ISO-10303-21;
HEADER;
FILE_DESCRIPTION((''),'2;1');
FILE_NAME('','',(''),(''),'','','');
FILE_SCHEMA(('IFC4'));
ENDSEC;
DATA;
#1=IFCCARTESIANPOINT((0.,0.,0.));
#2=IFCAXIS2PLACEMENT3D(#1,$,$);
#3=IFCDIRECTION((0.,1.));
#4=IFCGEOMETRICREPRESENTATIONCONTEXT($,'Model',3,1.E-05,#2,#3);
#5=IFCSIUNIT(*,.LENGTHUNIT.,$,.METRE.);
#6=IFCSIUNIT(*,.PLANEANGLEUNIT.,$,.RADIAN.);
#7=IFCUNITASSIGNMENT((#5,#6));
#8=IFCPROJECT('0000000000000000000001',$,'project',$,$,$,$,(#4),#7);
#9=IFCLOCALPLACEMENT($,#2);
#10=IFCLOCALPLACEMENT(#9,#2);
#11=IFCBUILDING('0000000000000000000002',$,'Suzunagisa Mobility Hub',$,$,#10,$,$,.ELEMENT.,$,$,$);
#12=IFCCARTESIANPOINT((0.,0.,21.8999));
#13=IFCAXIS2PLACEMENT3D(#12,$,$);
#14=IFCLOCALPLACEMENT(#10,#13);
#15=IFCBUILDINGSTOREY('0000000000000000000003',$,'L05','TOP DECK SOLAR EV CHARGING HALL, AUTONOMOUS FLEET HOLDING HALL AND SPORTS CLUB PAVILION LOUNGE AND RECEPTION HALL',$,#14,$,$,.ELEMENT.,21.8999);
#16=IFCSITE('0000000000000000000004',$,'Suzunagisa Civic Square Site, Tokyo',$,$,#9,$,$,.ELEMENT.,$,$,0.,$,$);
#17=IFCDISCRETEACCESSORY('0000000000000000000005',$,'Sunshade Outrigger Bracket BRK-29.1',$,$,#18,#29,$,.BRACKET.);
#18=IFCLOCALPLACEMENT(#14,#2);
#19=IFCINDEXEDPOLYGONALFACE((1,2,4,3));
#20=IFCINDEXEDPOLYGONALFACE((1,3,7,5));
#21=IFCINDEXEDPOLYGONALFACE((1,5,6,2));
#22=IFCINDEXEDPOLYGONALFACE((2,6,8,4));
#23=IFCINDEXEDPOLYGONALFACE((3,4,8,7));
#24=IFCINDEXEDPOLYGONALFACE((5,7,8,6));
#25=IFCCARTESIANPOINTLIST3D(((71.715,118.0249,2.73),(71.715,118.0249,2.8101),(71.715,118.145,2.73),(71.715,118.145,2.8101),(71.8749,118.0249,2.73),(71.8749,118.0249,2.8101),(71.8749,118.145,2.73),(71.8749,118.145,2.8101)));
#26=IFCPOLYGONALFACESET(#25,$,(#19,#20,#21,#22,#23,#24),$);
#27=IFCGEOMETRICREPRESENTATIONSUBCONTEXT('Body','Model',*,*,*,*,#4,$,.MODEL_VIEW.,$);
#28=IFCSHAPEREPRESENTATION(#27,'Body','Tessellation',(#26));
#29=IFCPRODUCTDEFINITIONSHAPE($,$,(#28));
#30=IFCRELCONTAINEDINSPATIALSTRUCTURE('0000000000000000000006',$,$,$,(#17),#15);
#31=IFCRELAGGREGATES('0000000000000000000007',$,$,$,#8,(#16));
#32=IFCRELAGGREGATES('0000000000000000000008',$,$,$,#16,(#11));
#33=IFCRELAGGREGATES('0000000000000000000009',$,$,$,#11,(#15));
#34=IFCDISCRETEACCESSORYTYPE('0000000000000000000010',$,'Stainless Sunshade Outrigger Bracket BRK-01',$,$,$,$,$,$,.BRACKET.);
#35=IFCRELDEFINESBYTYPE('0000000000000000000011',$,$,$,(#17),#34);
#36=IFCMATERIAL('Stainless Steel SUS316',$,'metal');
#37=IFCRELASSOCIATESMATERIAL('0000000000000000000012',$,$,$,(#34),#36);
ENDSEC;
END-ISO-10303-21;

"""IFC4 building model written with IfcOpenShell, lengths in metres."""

from ifc_helpers import new_model, si_unit, direction, frame, origin, origin_2d, place, context, subcontext, project, spatial, rectangle, extrude, material, type_object, element, save


model = new_model("IFC4")

# Units and contexts
model_context = context("Model", 3, precision=1e-05, world=origin(), true_north=direction((0.0, 1.0)))
body_context = subcontext(model_context, "Body", "Model", "MODEL_VIEW")
ifc_project = project(units=[si_unit("LENGTHUNIT", "METRE"), si_unit("PLANEANGLEUNIT", "RADIAN")], contexts=[model_context])

# Site, building, storey
site_placement = place(None, origin())
site = spatial("IfcSite", under=ifc_project, at=site_placement, Name="Suzunagisa Civic Square Site, Tokyo", CompositionType="ELEMENT", RefElevation=0.0)
building_placement = place(site_placement, origin())
building = spatial("IfcBuilding", under=site, at=building_placement, Name="Suzunagisa Mobility Hub", CompositionType="ELEMENT")
storey_placement = place(building_placement, frame((0.0, 0.0, 21.8999)))
storey = spatial("IfcBuildingStorey", under=building, at=storey_placement, Name="L05", Description="TOP DECK SOLAR EV CHARGING HALL, AUTONOMOUS FLEET HOLDING HALL AND SPORTS CLUB PAVILION LOUNGE AND RECEPTION HALL", CompositionType="ELEMENT", Elevation=21.8999)

# Discrete accessory
ifc_material_1 = material(Name="Stainless Steel SUS316", Category="metal")
discrete_accessory_type = type_object("IfcDiscreteAccessoryType", Name="Stainless Sunshade Outrigger Bracket BRK-01", PredefinedType="BRACKET", material=ifc_material_1)
discrete_accessory_placement = place(storey_placement, frame((71.7949, 118.085, 2.73), z_axis=(0.0, 0.0, 1.0), x_axis=(-1.0, 0.0, 0.0)))
element("IfcDiscreteAccessory", 1, at=discrete_accessory_placement, inside=storey, type_object=discrete_accessory_type, Name="Sunshade Outrigger Bracket BRK-29.1", PredefinedType="BRACKET", context=body_context, shape_type="SweptSolid", body=[
    extrude(rectangle(XDim=0.1599, YDim=0.1201, at=origin_2d()), origin(), (0.0, 0.0, 1.0), 0.0801),
])

save(model, "model.ifc")
